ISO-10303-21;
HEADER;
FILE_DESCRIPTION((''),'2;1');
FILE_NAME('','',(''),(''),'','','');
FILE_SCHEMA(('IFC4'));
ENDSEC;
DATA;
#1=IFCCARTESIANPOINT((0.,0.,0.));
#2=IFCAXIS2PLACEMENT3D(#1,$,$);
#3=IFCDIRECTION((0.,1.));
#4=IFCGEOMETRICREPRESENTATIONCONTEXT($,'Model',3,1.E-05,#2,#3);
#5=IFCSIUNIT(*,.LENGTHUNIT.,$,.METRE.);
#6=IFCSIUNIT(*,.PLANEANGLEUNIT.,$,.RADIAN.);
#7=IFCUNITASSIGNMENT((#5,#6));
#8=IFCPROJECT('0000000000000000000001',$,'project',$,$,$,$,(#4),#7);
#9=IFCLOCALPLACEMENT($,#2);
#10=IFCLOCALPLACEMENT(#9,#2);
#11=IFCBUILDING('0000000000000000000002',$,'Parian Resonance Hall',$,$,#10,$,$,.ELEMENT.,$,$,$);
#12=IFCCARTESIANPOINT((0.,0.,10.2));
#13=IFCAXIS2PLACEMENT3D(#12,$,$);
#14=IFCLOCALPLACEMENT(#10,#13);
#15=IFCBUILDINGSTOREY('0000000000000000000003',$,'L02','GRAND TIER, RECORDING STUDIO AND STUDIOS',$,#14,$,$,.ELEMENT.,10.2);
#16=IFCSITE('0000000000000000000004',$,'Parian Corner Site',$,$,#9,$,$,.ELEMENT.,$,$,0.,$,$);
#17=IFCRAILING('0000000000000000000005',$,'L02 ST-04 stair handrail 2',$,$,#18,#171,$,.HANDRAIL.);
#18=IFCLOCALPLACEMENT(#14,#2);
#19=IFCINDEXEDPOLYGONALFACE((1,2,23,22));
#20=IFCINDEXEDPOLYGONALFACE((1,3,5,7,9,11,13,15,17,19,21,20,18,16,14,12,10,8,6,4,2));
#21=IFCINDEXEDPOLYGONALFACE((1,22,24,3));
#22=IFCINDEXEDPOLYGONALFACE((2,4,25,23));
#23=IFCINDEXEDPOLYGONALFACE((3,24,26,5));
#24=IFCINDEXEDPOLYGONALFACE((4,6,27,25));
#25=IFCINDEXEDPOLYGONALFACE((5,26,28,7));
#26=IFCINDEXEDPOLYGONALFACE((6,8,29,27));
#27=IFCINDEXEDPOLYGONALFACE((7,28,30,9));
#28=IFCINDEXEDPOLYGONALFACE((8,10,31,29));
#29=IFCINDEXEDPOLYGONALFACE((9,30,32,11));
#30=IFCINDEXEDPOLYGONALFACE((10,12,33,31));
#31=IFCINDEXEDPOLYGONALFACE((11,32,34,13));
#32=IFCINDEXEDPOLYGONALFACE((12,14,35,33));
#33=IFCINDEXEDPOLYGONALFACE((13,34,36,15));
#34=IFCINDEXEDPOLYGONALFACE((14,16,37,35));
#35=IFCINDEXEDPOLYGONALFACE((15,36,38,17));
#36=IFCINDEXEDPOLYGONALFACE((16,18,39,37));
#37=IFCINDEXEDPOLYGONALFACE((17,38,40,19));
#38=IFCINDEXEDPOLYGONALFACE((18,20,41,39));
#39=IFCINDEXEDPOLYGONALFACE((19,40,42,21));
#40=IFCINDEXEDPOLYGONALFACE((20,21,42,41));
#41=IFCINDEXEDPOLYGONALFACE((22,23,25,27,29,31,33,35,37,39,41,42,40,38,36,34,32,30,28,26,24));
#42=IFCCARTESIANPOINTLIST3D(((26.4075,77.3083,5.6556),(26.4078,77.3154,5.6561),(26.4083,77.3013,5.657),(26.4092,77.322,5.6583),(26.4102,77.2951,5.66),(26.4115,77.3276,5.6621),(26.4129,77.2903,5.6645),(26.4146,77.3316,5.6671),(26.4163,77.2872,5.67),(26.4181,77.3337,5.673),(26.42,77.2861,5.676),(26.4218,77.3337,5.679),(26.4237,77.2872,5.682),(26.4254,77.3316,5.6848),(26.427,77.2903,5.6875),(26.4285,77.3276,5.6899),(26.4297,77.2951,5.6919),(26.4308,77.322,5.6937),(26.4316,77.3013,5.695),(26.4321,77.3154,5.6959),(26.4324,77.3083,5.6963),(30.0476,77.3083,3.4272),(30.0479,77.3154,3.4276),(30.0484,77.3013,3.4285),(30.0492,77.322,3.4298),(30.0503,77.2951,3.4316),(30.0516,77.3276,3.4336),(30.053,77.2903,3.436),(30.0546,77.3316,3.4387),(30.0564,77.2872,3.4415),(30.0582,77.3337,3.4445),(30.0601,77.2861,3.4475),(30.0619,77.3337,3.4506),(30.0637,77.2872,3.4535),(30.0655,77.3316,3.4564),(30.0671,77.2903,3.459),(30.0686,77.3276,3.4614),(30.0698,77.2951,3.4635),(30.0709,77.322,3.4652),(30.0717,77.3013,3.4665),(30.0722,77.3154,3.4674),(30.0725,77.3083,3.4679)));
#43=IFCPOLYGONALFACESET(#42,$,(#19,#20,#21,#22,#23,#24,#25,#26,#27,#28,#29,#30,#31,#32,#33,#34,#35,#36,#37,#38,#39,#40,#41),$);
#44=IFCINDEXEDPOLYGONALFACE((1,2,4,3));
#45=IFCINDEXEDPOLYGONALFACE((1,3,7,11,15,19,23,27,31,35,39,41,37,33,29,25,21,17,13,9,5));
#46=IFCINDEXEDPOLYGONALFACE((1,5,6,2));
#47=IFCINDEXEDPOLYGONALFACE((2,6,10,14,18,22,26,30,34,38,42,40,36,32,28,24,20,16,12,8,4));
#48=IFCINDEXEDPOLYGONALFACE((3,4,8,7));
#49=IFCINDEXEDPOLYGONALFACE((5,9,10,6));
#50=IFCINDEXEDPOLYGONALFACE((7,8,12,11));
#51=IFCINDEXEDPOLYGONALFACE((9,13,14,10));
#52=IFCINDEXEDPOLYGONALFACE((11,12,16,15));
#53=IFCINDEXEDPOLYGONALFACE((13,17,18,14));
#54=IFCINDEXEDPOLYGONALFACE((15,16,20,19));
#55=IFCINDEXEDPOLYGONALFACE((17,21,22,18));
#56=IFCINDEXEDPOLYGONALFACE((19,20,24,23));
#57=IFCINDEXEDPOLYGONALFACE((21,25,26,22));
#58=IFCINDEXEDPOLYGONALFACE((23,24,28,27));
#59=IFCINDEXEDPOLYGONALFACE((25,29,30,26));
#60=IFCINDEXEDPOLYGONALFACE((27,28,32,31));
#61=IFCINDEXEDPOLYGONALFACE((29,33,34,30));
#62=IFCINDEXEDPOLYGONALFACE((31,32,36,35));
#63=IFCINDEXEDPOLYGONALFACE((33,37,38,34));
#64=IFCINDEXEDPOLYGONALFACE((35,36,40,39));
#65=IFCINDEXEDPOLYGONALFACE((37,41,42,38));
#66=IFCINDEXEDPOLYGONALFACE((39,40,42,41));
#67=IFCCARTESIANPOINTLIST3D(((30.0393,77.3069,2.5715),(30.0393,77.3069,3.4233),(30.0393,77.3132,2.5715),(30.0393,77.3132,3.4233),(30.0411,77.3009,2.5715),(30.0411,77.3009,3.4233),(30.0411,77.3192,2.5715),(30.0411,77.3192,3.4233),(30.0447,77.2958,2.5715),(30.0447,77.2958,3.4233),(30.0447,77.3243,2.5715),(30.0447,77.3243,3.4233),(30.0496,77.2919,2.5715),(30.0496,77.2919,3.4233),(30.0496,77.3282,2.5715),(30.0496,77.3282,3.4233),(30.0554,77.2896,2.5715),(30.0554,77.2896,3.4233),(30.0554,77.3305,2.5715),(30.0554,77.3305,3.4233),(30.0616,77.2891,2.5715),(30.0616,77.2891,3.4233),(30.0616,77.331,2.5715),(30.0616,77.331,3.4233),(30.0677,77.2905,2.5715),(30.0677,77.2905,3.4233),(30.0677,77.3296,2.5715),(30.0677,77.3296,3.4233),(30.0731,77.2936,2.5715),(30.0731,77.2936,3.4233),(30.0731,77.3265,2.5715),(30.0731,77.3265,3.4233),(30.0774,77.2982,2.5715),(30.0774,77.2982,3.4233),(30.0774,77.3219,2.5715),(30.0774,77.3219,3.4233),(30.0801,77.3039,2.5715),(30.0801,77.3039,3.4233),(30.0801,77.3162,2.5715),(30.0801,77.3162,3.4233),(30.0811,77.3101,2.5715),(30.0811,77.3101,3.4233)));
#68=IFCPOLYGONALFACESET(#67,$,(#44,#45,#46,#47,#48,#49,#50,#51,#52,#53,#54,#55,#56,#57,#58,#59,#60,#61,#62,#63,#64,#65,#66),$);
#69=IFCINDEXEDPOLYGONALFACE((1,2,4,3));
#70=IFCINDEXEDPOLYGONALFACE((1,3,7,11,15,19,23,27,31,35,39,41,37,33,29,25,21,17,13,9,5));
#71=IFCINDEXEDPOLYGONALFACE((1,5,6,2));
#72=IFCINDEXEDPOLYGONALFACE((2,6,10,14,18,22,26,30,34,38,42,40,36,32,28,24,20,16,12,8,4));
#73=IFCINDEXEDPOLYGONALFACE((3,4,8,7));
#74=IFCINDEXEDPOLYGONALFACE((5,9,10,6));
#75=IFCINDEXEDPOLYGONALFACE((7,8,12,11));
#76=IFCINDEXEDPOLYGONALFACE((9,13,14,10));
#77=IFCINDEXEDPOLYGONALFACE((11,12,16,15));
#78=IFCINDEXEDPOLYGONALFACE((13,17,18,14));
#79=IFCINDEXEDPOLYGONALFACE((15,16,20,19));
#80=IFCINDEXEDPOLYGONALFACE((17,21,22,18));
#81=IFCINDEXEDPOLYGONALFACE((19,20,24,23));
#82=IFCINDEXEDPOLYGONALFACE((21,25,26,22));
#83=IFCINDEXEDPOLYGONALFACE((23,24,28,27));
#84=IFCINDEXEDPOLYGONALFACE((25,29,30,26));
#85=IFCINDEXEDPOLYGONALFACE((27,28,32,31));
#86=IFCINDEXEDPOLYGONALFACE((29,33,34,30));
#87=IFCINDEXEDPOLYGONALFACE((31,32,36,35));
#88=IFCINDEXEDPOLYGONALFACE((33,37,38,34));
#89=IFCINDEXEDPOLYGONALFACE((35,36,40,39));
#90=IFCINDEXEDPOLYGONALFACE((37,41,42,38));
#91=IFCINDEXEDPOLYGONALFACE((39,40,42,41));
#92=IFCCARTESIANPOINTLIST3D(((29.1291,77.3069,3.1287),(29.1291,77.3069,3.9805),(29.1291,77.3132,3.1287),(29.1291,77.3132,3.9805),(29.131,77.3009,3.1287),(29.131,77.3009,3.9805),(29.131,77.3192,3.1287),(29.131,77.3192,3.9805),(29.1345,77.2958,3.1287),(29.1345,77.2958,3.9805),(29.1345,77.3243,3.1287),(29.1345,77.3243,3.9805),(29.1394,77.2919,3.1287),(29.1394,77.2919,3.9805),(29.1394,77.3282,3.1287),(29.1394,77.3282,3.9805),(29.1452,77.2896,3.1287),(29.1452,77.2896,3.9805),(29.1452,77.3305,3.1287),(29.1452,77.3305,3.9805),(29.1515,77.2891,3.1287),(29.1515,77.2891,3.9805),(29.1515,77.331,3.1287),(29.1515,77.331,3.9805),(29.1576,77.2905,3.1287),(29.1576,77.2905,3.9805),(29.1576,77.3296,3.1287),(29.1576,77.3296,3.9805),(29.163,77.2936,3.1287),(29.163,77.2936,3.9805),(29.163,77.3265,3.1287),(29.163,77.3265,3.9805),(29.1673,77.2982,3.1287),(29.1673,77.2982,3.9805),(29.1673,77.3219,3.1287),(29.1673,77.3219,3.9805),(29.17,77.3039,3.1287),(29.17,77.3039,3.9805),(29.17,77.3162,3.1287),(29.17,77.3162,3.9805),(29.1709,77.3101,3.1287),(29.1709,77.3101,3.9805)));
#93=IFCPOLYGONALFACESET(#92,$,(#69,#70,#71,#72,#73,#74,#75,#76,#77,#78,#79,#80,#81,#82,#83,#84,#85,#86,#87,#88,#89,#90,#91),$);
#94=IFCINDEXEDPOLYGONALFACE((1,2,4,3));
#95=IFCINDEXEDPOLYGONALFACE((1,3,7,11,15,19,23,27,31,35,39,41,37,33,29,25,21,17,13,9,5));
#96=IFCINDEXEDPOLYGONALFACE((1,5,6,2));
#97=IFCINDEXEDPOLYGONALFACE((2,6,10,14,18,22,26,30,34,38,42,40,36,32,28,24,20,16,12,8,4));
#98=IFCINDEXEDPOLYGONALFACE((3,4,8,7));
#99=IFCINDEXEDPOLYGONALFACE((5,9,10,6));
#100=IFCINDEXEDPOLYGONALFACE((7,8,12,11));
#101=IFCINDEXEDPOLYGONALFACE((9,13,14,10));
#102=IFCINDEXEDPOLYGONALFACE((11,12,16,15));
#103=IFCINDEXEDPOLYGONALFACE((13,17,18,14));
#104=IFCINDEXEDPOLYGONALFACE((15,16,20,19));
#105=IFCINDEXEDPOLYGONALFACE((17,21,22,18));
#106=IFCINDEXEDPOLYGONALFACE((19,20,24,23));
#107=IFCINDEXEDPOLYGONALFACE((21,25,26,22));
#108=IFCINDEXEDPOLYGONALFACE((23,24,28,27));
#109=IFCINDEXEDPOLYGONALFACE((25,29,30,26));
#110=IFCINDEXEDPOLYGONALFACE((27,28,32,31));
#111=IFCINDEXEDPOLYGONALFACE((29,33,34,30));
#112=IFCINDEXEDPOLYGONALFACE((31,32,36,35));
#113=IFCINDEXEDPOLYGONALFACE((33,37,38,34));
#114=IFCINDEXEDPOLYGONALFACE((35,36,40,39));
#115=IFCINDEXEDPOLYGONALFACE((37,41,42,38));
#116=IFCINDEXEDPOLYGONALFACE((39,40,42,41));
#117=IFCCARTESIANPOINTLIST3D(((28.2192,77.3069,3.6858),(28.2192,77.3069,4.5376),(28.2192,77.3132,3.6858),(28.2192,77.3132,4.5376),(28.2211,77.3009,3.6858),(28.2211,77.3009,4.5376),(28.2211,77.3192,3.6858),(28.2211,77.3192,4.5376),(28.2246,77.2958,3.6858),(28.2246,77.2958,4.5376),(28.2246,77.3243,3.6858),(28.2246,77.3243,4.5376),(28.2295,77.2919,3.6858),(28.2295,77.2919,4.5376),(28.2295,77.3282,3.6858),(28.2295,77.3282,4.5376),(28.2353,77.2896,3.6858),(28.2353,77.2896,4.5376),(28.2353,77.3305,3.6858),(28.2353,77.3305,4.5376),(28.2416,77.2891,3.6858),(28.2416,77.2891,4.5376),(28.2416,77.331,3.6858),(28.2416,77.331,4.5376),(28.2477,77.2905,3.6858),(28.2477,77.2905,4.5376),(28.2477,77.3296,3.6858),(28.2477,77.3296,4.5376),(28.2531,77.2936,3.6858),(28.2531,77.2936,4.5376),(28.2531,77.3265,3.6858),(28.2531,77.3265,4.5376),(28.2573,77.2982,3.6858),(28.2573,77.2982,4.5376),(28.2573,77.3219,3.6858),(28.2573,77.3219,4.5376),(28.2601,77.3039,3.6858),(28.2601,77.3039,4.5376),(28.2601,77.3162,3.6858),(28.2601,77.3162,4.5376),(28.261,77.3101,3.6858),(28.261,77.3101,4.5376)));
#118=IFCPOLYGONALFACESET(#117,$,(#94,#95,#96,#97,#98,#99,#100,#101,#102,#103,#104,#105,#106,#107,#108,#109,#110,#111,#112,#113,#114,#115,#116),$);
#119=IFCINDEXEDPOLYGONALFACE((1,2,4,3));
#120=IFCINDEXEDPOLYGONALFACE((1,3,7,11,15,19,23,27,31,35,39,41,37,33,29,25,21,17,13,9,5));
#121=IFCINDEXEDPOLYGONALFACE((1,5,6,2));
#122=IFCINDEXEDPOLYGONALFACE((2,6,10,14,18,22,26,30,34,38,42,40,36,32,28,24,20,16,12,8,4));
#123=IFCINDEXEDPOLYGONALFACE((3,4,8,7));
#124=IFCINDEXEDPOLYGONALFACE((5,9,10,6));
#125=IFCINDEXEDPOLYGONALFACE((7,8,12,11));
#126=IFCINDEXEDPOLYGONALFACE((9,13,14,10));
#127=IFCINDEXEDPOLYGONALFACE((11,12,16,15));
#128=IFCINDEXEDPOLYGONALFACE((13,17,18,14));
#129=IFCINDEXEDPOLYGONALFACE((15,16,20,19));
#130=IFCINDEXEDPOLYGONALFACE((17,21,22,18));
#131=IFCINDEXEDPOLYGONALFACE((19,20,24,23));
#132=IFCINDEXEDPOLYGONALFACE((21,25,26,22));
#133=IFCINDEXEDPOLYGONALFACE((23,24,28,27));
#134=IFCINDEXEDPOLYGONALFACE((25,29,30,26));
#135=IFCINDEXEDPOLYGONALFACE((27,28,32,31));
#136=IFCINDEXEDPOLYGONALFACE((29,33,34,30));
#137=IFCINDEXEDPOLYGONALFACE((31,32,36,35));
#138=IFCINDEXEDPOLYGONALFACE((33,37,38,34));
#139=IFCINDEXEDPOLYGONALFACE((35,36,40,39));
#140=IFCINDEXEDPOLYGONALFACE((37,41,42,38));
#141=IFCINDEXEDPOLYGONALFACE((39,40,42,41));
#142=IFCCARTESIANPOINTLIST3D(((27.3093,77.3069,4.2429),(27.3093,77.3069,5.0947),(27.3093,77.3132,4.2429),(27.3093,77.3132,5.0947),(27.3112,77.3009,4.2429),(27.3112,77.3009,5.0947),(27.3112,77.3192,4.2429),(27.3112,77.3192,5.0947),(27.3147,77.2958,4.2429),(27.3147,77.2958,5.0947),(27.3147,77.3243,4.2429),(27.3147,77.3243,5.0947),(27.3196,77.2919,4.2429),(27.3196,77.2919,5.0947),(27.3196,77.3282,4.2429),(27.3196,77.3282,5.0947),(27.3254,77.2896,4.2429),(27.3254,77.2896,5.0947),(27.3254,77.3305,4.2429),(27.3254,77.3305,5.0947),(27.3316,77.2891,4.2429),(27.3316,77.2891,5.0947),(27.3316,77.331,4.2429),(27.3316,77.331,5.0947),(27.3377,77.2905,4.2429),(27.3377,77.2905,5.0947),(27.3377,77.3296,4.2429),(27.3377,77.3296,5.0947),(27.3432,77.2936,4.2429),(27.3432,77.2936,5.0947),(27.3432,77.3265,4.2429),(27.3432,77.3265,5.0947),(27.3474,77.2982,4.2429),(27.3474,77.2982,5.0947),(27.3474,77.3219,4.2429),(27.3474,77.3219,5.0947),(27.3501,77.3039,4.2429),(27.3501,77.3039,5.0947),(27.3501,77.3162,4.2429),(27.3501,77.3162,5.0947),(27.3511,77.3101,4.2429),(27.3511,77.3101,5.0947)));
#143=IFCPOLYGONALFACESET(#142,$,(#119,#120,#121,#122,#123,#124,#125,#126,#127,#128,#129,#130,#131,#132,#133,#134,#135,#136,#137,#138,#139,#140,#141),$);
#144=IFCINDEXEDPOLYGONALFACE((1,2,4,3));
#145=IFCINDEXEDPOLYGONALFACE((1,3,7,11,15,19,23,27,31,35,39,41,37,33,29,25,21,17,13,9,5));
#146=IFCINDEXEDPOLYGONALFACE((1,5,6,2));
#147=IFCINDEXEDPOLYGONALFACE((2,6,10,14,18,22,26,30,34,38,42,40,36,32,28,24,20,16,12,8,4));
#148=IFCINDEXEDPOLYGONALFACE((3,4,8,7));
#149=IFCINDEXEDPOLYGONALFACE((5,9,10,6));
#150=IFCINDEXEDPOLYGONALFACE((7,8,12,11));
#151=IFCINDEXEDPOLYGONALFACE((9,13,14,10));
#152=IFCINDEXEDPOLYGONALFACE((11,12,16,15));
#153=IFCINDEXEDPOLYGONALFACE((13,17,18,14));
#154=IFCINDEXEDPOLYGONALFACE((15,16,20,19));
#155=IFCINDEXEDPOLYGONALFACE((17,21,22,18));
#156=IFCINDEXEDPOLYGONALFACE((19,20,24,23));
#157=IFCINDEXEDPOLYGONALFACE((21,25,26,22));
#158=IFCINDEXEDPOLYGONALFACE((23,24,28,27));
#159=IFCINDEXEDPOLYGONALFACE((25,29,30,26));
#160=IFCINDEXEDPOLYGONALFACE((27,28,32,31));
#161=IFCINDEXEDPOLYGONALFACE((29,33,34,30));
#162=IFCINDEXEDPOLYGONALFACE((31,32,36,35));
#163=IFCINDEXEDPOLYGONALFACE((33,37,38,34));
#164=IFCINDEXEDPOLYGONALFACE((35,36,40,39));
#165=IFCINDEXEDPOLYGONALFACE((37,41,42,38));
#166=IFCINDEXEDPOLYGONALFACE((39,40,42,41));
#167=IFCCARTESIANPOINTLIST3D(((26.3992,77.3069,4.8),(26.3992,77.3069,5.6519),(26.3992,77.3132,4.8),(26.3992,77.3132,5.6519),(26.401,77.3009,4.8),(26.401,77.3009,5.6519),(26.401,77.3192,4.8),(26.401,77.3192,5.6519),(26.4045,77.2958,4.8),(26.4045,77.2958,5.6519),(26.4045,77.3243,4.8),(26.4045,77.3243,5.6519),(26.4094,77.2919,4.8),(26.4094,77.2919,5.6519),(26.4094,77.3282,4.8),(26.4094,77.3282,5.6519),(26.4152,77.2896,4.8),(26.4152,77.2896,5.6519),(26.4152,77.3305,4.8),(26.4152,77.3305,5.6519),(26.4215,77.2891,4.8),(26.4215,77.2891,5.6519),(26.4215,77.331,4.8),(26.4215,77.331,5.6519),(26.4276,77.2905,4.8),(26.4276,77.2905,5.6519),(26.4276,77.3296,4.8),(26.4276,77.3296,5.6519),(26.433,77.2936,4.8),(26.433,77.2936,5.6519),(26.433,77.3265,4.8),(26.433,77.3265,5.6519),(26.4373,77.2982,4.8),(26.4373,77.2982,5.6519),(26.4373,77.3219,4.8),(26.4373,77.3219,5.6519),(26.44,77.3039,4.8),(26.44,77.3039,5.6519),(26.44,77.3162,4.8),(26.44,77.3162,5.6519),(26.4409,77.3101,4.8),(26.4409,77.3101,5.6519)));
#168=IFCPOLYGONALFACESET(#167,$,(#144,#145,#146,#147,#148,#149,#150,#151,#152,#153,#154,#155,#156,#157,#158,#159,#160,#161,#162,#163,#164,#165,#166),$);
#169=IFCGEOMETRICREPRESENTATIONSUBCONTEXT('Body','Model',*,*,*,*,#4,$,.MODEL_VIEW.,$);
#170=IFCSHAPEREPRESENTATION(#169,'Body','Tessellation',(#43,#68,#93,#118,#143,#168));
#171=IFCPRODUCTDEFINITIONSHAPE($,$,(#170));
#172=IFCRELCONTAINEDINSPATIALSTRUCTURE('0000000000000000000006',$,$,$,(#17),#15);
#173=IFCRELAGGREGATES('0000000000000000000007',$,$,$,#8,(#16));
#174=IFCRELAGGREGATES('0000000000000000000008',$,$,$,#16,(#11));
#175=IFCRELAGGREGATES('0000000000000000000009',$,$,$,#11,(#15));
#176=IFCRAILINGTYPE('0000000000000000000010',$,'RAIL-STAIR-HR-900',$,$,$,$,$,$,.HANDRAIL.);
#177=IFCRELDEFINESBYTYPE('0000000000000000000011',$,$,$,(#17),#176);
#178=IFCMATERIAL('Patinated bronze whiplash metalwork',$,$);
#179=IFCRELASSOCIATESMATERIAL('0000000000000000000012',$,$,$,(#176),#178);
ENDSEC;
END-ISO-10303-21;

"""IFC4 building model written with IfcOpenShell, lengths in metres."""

from ifc_helpers import new_model, si_unit, direction, frame, origin, origin_2d, place, context, subcontext, project, spatial, circle, extrude, material, type_object, element, save


model = new_model("IFC4")

# Units and contexts
model_context = context("Model", 3, precision=1e-05, world=origin(), true_north=direction((0.0, 1.0)))
body_context = subcontext(model_context, "Body", "Model", "MODEL_VIEW")
ifc_project = project(units=[si_unit("LENGTHUNIT", "METRE"), si_unit("PLANEANGLEUNIT", "RADIAN")], contexts=[model_context])

# Site, building, storey
site_placement = place(None, origin())
site = spatial("IfcSite", under=ifc_project, at=site_placement, Name="Parian Corner Site", CompositionType="ELEMENT", RefElevation=0.0)
building_placement = place(site_placement, origin())
building = spatial("IfcBuilding", under=site, at=building_placement, Name="Parian Resonance Hall", CompositionType="ELEMENT")
storey_placement = place(building_placement, frame((0.0, 0.0, 10.2)))
storey = spatial("IfcBuildingStorey", under=building, at=storey_placement, Name="L02", Description="GRAND TIER, RECORDING STUDIO AND STUDIOS", CompositionType="ELEMENT", Elevation=10.2)

# Railing
ifc_material_1 = material(Name="Patinated bronze whiplash metalwork")
railing_type_1 = type_object("IfcRailingType", Name="RAIL-STAIR-HR-900", PredefinedType="HANDRAIL", material=ifc_material_1)
railing_1_placement = place(storey_placement, frame((30.0601, 77.3101, 2.5715)))
element("IfcRailing", 1, at=railing_1_placement, inside=storey, type_object=railing_type_1, Name="L02 ST-04 stair handrail 2", PredefinedType="HANDRAIL", context=body_context, shape_type="SweptSolid", body=[
    extrude(circle(Radius=0.0239, at=origin_2d()), frame((0.0, 0.0, 0.876), z_axis=(-0.852866, 0.0, 0.52213), x_axis=(0.0, -1.0, 0.0)), (0.0, 0.0, 1.0), 4.2681),
    extrude(circle(Radius=0.021, at=origin_2d()), origin(), (0.0, 0.0, 1.0), 0.8518),
    extrude(circle(Radius=0.021, at=origin_2d()), frame((-0.9102, 0.0, 0.5571)), (0.0, 0.0, 1.0), 0.8518),
    extrude(circle(Radius=0.021, at=origin_2d()), frame((-1.8201, 0.0, 1.1143)), (0.0, 0.0, 1.0), 0.8518),
    extrude(circle(Radius=0.021, at=origin_2d()), frame((-2.73, 0.0, 1.6714)), (0.0, 0.0, 1.0), 0.8518),
    extrude(circle(Radius=0.021, at=origin_2d()), frame((-3.6401, 0.0, 2.2285)), (0.0, 0.0, 1.0), 0.8518),
])

save(model, "model.ifc")
